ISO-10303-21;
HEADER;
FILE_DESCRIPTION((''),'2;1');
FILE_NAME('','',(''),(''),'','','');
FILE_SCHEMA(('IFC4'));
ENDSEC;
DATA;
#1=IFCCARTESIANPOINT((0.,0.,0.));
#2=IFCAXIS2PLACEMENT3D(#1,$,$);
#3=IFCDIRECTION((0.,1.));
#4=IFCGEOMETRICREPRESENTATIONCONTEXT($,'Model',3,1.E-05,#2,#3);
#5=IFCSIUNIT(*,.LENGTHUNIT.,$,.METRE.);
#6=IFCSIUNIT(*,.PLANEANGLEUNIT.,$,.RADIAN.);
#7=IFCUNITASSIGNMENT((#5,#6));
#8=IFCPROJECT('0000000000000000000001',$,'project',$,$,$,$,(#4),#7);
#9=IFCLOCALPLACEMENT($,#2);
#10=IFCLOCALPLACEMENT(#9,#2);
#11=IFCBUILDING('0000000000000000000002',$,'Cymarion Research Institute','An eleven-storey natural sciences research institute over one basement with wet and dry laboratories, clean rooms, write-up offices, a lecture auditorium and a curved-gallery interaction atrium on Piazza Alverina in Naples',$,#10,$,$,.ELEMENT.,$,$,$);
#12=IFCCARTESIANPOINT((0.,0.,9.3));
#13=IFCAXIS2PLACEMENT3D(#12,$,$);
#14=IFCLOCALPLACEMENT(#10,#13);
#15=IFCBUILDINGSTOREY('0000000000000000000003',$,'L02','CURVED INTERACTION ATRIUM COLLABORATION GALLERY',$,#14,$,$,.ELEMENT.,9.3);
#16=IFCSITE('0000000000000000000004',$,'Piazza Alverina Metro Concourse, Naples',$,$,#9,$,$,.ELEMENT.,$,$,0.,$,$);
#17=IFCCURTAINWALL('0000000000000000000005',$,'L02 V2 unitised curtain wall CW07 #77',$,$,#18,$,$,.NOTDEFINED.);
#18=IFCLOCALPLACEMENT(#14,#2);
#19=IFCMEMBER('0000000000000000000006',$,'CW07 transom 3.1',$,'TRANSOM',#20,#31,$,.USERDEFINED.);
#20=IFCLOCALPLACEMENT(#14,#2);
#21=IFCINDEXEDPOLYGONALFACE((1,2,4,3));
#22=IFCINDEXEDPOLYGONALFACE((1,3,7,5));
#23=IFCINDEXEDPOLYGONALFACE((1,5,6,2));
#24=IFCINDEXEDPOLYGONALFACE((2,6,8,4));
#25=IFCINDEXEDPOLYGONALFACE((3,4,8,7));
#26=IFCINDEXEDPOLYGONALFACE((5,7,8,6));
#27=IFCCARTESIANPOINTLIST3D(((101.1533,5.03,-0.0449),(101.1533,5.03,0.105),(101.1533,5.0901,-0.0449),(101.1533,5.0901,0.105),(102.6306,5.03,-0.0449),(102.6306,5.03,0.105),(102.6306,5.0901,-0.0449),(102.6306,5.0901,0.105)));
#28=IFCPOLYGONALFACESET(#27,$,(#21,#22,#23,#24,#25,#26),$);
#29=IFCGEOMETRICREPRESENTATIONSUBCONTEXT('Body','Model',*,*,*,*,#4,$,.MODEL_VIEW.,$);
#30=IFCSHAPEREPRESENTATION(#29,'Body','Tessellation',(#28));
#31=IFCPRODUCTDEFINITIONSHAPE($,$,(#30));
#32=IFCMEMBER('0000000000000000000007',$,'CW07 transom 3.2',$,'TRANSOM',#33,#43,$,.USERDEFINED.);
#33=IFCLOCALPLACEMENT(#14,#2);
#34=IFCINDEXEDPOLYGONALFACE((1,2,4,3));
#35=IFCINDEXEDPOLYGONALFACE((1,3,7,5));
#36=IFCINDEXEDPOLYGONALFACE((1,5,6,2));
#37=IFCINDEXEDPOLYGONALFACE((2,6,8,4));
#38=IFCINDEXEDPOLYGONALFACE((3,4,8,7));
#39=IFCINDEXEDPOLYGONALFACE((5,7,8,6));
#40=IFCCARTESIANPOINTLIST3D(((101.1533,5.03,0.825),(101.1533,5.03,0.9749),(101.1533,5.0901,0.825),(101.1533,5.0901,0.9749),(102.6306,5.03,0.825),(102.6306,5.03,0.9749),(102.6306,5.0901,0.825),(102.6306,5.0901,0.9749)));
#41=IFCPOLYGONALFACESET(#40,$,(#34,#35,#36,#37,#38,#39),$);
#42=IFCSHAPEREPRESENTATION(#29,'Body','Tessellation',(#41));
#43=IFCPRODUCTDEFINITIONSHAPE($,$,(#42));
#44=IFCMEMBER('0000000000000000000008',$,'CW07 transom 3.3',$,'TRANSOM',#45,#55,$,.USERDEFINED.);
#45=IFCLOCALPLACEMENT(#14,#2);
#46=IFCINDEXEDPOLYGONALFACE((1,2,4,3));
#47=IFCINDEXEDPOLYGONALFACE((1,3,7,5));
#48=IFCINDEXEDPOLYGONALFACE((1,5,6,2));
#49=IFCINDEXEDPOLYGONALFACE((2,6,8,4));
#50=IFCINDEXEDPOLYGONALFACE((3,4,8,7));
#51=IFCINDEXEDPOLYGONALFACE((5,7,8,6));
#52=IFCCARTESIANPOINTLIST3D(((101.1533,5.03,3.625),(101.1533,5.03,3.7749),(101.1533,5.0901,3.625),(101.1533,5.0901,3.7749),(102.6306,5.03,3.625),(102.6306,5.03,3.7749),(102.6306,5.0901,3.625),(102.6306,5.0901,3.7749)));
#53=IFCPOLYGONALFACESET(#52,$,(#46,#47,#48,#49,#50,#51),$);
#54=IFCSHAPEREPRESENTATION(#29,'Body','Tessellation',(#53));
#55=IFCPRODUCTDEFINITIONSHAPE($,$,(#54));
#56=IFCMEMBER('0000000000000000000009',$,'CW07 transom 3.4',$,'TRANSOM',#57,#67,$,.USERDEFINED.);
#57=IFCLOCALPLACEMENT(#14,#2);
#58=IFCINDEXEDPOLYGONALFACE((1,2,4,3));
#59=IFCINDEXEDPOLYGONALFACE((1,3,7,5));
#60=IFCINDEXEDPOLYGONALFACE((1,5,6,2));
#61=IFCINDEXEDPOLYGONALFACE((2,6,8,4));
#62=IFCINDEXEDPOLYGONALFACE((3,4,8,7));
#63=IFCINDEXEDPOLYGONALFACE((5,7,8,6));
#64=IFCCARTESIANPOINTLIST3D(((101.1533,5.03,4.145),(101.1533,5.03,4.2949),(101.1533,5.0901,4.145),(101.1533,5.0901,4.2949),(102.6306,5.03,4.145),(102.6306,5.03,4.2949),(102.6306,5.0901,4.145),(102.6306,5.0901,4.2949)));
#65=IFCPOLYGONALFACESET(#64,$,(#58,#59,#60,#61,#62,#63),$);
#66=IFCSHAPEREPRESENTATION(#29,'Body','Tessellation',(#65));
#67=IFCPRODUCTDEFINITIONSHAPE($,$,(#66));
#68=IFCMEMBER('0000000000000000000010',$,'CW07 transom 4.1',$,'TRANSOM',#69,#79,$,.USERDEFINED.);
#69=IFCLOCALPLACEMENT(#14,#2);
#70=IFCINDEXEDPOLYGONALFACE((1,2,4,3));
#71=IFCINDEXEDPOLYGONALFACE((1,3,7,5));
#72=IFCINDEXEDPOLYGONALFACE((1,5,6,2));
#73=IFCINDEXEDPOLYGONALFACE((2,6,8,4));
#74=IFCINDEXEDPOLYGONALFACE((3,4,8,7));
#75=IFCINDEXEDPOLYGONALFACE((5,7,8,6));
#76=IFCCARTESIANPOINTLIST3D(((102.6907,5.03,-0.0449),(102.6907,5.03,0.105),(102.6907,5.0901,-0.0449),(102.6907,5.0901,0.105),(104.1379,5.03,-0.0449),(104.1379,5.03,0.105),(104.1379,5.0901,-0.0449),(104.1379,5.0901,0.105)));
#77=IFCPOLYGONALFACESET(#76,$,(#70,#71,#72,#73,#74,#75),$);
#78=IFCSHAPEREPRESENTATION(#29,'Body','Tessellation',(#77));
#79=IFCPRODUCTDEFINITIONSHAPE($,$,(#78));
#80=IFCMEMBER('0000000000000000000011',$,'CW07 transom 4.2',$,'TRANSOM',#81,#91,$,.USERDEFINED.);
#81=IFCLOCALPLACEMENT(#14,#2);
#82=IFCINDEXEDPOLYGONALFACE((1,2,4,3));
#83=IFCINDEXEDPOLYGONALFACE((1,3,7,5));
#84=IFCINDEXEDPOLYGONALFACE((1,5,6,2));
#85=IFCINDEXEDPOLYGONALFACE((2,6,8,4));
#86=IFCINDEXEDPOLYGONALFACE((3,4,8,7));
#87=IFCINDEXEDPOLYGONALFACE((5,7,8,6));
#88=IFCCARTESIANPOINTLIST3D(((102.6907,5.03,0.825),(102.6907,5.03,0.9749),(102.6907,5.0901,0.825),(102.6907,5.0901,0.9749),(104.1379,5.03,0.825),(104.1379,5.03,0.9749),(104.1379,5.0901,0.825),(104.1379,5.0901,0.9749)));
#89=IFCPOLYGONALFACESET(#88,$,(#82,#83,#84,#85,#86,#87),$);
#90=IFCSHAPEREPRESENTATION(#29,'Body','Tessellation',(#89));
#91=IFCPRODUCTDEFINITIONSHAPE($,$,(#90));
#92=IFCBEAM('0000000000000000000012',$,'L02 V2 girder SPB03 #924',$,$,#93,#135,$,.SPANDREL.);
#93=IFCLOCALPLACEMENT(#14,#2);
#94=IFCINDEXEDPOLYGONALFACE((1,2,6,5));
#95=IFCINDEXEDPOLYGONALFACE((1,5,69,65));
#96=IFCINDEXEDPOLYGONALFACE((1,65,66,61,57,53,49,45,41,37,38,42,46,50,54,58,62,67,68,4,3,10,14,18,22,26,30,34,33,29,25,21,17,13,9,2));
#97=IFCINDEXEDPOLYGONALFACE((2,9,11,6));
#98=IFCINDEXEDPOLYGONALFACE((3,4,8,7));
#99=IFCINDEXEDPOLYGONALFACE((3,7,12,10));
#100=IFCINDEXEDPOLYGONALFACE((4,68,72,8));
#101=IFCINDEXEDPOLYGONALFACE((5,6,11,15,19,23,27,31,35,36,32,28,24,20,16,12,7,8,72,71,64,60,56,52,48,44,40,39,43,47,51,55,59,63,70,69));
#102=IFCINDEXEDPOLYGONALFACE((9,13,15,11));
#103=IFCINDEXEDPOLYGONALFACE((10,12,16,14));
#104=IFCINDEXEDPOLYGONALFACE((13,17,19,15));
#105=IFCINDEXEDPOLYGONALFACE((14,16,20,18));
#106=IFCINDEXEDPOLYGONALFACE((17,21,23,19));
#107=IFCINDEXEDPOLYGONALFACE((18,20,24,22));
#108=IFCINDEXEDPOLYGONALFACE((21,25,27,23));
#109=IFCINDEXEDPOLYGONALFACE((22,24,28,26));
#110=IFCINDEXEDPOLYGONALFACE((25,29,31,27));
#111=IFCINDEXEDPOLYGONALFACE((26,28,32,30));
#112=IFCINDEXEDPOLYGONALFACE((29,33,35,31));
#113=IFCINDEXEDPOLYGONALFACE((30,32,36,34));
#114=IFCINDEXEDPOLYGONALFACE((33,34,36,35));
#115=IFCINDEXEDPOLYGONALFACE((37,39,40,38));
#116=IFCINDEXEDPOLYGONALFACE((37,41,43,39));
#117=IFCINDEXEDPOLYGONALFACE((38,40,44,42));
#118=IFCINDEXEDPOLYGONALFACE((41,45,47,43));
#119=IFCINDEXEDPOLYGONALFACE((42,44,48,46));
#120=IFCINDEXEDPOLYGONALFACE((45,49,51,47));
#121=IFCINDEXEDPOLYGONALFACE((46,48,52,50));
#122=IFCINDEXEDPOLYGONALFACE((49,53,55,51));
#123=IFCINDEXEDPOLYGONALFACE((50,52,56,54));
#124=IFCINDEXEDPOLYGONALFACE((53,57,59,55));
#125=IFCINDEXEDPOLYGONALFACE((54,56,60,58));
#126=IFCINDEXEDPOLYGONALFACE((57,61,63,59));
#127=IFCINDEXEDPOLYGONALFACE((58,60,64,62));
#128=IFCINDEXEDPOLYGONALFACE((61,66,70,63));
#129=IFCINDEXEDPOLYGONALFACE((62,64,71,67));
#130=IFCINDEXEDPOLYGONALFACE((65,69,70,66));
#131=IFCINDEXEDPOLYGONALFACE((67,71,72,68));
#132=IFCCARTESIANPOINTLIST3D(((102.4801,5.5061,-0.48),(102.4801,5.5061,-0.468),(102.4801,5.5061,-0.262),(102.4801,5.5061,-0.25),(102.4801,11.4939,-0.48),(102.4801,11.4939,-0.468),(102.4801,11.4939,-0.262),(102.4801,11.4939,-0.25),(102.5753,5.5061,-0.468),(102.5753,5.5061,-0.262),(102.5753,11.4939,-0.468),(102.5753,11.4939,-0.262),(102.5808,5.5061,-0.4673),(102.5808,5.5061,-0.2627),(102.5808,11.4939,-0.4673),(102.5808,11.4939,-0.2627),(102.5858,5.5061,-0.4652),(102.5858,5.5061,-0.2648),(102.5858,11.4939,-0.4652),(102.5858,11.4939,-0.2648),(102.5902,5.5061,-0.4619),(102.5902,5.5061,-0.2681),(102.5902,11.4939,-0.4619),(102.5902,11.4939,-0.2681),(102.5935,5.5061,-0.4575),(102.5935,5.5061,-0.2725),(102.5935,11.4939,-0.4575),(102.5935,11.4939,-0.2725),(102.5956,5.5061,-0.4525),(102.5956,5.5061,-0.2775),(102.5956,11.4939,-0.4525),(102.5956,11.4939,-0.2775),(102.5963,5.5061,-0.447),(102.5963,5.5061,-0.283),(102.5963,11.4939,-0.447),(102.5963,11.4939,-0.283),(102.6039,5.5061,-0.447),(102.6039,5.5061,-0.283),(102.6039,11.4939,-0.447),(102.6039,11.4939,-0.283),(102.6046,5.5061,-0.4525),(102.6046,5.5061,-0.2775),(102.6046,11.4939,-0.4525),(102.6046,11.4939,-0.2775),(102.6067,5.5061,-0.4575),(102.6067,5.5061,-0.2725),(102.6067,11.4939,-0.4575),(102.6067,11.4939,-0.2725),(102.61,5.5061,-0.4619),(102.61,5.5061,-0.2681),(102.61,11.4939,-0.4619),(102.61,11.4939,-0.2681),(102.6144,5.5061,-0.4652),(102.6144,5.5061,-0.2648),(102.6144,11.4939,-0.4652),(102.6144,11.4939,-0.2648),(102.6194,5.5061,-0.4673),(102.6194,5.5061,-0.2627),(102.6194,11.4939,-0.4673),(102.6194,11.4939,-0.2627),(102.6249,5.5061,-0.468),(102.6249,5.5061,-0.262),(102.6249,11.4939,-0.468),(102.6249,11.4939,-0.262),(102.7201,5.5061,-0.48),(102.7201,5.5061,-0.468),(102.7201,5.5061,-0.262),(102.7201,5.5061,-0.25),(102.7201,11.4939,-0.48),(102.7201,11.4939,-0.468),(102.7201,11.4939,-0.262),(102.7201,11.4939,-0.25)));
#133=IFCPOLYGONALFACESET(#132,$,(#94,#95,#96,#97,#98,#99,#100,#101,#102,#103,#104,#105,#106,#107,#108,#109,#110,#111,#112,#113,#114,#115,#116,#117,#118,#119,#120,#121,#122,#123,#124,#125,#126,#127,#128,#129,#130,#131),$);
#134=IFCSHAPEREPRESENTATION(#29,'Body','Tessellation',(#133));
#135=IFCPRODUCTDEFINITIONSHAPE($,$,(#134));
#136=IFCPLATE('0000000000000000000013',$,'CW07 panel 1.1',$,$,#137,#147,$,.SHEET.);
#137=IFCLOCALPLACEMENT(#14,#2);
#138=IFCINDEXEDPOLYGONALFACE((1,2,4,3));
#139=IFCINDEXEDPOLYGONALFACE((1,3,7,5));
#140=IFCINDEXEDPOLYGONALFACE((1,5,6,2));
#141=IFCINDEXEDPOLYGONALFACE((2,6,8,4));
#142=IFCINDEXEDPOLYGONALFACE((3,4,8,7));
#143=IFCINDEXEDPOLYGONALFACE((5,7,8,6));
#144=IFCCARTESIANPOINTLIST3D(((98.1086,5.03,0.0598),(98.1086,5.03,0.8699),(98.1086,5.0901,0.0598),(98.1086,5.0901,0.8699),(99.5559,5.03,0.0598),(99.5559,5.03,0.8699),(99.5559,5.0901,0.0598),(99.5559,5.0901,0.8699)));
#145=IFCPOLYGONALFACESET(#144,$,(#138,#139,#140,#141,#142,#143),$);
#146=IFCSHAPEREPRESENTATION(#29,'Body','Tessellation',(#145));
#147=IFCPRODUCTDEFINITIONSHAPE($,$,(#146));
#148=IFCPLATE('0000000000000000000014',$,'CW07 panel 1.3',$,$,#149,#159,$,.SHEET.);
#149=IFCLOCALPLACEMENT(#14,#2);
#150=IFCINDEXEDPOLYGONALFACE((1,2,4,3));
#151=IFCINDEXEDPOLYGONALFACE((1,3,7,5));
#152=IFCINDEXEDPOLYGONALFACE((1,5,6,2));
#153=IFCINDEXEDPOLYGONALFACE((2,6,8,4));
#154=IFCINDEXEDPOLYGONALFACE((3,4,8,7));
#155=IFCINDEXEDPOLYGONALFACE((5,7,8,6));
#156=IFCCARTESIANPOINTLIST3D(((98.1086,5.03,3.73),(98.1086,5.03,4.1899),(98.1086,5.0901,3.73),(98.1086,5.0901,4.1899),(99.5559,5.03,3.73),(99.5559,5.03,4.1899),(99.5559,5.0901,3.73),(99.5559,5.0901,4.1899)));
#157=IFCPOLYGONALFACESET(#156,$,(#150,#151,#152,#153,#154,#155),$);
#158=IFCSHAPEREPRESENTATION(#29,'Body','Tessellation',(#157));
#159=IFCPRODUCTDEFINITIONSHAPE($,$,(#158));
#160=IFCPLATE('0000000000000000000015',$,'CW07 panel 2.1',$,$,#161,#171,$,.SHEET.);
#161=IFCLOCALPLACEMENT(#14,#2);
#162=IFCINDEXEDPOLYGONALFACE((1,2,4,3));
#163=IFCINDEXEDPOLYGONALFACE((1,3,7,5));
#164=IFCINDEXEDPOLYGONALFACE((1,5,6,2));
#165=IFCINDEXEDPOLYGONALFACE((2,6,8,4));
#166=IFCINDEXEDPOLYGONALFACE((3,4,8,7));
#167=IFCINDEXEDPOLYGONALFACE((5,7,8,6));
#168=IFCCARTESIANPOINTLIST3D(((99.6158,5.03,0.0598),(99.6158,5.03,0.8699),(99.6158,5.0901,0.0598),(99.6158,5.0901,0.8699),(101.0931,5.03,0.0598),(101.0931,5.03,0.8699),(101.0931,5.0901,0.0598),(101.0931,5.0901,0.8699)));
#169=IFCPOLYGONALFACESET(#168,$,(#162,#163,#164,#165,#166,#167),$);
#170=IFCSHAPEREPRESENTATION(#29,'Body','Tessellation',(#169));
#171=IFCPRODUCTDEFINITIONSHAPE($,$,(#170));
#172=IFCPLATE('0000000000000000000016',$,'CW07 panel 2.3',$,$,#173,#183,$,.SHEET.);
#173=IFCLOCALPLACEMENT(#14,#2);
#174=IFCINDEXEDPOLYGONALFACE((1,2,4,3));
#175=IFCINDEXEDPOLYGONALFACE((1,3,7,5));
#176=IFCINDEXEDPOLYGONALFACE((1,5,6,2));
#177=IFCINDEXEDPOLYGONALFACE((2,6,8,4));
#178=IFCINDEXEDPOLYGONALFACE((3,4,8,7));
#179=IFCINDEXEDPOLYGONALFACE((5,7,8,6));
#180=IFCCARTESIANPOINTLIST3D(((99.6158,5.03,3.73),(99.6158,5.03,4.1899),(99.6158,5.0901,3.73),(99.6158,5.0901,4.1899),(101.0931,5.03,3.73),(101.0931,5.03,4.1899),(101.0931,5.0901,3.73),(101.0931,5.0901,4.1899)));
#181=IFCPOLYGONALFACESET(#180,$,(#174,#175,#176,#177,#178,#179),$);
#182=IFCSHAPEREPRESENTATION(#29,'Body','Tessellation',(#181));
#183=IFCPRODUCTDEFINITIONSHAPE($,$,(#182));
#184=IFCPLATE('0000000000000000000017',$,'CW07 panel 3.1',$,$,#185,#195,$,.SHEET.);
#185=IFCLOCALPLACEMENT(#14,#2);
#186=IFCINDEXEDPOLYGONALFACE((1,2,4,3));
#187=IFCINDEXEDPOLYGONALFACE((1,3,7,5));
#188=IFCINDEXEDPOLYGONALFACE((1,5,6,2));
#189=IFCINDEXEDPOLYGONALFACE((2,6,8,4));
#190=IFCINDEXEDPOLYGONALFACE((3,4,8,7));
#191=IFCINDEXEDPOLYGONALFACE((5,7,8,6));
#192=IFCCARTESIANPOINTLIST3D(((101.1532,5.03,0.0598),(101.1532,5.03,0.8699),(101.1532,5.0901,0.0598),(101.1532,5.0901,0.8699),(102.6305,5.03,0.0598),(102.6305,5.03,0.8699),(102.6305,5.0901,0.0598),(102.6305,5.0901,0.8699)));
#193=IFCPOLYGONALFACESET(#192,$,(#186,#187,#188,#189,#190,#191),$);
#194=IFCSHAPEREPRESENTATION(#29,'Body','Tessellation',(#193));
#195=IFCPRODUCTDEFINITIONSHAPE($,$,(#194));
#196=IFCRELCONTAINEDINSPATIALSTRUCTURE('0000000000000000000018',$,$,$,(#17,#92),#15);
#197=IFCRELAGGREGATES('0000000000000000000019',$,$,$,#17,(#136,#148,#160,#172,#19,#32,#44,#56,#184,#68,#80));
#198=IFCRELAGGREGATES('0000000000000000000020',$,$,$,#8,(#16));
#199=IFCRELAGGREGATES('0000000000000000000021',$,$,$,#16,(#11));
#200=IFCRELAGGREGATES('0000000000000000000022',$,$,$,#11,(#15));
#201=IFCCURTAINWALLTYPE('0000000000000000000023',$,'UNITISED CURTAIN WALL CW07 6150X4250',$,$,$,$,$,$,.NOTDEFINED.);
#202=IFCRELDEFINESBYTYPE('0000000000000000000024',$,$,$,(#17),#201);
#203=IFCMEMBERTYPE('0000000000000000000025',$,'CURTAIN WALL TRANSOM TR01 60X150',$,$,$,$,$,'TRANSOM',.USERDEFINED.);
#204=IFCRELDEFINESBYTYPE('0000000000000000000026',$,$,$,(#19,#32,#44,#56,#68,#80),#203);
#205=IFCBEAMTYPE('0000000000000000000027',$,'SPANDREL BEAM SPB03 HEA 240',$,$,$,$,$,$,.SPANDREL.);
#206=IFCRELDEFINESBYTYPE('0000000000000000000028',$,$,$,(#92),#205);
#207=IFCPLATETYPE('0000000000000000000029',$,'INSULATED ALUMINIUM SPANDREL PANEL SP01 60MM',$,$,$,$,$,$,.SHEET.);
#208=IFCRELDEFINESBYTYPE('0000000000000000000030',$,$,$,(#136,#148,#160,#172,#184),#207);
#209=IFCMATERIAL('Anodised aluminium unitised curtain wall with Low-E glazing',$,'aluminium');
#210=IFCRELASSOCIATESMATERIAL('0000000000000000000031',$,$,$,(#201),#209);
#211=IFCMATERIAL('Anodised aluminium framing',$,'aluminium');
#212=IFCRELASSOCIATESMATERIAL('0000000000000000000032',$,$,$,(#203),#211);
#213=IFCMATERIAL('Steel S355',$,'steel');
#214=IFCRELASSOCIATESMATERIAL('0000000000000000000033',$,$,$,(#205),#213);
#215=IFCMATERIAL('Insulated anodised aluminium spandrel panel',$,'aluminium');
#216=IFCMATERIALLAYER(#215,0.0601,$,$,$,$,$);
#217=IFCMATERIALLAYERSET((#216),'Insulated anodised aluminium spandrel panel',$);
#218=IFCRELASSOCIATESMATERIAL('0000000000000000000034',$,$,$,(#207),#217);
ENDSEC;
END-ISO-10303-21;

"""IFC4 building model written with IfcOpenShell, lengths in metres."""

from ifc_helpers import new_model, si_unit, direction, frame, origin, origin_2d, place, context, subcontext, project, spatial, rectangle, i_section, extrude, material, layer, layer_set, material_profile, profile_set, type_object, element, aggregate, save


model = new_model("IFC4")

# Units and contexts
model_context = context("Model", 3, precision=1e-05, world=origin(), true_north=direction((0.0, 1.0)))
body_context = subcontext(model_context, "Body", "Model", "MODEL_VIEW")
ifc_project = project(units=[si_unit("LENGTHUNIT", "METRE"), si_unit("PLANEANGLEUNIT", "RADIAN")], contexts=[model_context])

# Site, building, storey
site_placement = place(None, origin())
site = spatial("IfcSite", under=ifc_project, at=site_placement, Name="Piazza Alverina Metro Concourse, Naples", CompositionType="ELEMENT", RefElevation=0.0)
building_placement = place(site_placement, origin())
building = spatial("IfcBuilding", under=site, at=building_placement, Name="Cymarion Research Institute", Description="An eleven-storey natural sciences research institute over one basement with wet and dry laboratories, clean rooms, write-up offices, a lecture auditorium and a curved-gallery interaction atrium on Piazza Alverina in Naples", CompositionType="ELEMENT")
storey_placement = place(building_placement, frame((0.0, 0.0, 9.3)))
storey = spatial("IfcBuildingStorey", under=building, at=storey_placement, Name="L02", Description="CURVED INTERACTION ATRIUM COLLABORATION GALLERY", CompositionType="ELEMENT", Elevation=9.3)

# Shared definitions
ifc_material_1 = material(Name="Steel S355", Category="steel")

# Curtain wall, members
ifc_material_2 = material(Name="Anodised aluminium unitised curtain wall with Low-E glazing", Category="aluminium")
curtain_wall_type = type_object("IfcCurtainWallType", Name="UNITISED CURTAIN WALL CW07 6150X4250", PredefinedType="NOTDEFINED", material=ifc_material_2)
curtain_wall_placement = place(storey_placement, origin())
curtain_wall = element("IfcCurtainWall", 1, at=curtain_wall_placement, inside=storey, type_object=curtain_wall_type, Name="L02 V2 unitised curtain wall CW07 #77", PredefinedType="NOTDEFINED")
ifc_material_3 = material(Name="Anodised aluminium framing", Category="aluminium")
ifc_material_profile_1 = material_profile(ifc_material_3, rectangle(XDim=0.0601, YDim=0.1499, at=origin_2d()), Name="ALU TRANSOM 60x150")
ifc_profile_set_1 = profile_set([ifc_material_profile_1], Name="Anodised aluminium framing")
member_type_1 = type_object("IfcMemberType", Name="CURTAIN WALL TRANSOM TR01 60X150", ElementType="TRANSOM", PredefinedType="USERDEFINED", material=ifc_profile_set_1)
member_1_placement = place(storey_placement, frame((101.1533, 5.0601, 0.03), z_axis=(1.0, 0.0, 0.0), x_axis=(0.0, 1.0, 0.0)))
member_1 = element("IfcMember", 2, at=member_1_placement, type_object=member_type_1, Name="CW07 transom 3.1", ObjectType="TRANSOM", PredefinedType="USERDEFINED", context=body_context, shape_type="SweptSolid", body=[
    extrude(rectangle(XDim=0.0601, YDim=0.1499, at=origin_2d()), origin(), (0.0, 0.0, 1.0), 1.4773),
])
member_2_placement = place(storey_placement, frame((101.1533, 5.0601, 0.8999), z_axis=(1.0, 0.0, 0.0), x_axis=(0.0, 1.0, 0.0)))
member_2 = element("IfcMember", 3, at=member_2_placement, type_object=member_type_1, Name="CW07 transom 3.2", ObjectType="TRANSOM", PredefinedType="USERDEFINED", context=body_context, shape_type="SweptSolid", body=[
    extrude(rectangle(XDim=0.0601, YDim=0.1499, at=origin_2d()), origin(), (0.0, 0.0, 1.0), 1.4773),
])
member_3_placement = place(storey_placement, frame((101.1533, 5.0601, 3.7), z_axis=(1.0, 0.0, 0.0), x_axis=(0.0, 1.0, 0.0)))
member_3 = element("IfcMember", 4, at=member_3_placement, type_object=member_type_1, Name="CW07 transom 3.3", ObjectType="TRANSOM", PredefinedType="USERDEFINED", context=body_context, shape_type="SweptSolid", body=[
    extrude(rectangle(XDim=0.0601, YDim=0.1499, at=origin_2d()), origin(), (0.0, 0.0, 1.0), 1.4773),
])
member_4_placement = place(storey_placement, frame((101.1533, 5.0601, 4.22), z_axis=(1.0, 0.0, 0.0), x_axis=(0.0, 1.0, 0.0)))
member_4 = element("IfcMember", 5, at=member_4_placement, type_object=member_type_1, Name="CW07 transom 3.4", ObjectType="TRANSOM", PredefinedType="USERDEFINED", context=body_context, shape_type="SweptSolid", body=[
    extrude(rectangle(XDim=0.0601, YDim=0.1499, at=origin_2d()), origin(), (0.0, 0.0, 1.0), 1.4773),
])
member_5_placement = place(storey_placement, frame((102.6907, 5.0601, 0.03), z_axis=(1.0, 0.0, 0.0), x_axis=(0.0, 1.0, 0.0)))
member_5 = element("IfcMember", 6, at=member_5_placement, type_object=member_type_1, Name="CW07 transom 4.1", ObjectType="TRANSOM", PredefinedType="USERDEFINED", context=body_context, shape_type="SweptSolid", body=[
    extrude(rectangle(XDim=0.0601, YDim=0.1499, at=origin_2d()), origin(), (0.0, 0.0, 1.0), 1.4473),
])
member_6_placement = place(storey_placement, frame((102.6907, 5.0601, 0.8999), z_axis=(1.0, 0.0, 0.0), x_axis=(0.0, 1.0, 0.0)))
member_6 = element("IfcMember", 7, at=member_6_placement, type_object=member_type_1, Name="CW07 transom 4.2", ObjectType="TRANSOM", PredefinedType="USERDEFINED", context=body_context, shape_type="SweptSolid", body=[
    extrude(rectangle(XDim=0.0601, YDim=0.1499, at=origin_2d()), origin(), (0.0, 0.0, 1.0), 1.4473),
])

# Beam
ifc_material_profile_2 = material_profile(ifc_material_1, i_section(OverallWidth=0.24, OverallDepth=0.23, WebThickness=0.0076, FlangeThickness=0.012, FilletRadius=0.021, at=origin_2d()), Name="HEA 240")
ifc_profile_set_2 = profile_set([ifc_material_profile_2], Name="Steel S355")
beam_type = type_object("IfcBeamType", Name="SPANDREL BEAM SPB03 HEA 240", PredefinedType="SPANDREL", material=ifc_profile_set_2)
beam_placement = place(storey_placement, frame((102.6001, 5.5061, -0.365), z_axis=(0.0, 1.0, 0.0), x_axis=(-1.0, 0.0, 0.0)))
element("IfcBeam", 8, at=beam_placement, inside=storey, type_object=beam_type, Name="L02 V2 girder SPB03 #924", PredefinedType="SPANDREL", context=body_context, shape_type="SweptSolid", body=[
    extrude(i_section(OverallWidth=0.24, OverallDepth=0.23, WebThickness=0.0076, FlangeThickness=0.012, FilletRadius=0.021, at=origin_2d()), origin(), (0.0, 0.0, 1.0), 5.9878),
])

# Plates
ifc_material_4 = material(Name="Insulated anodised aluminium spandrel panel", Category="aluminium")
ifc_layer_1 = layer(ifc_material_4, 0.0601)
ifc_layer_set_1 = layer_set([ifc_layer_1], Name="Insulated anodised aluminium spandrel panel")
plate_type_1 = type_object("IfcPlateType", Name="INSULATED ALUMINIUM SPANDREL PANEL SP01 60MM", PredefinedType="SHEET", material=ifc_layer_set_1)
plate_1_placement = place(storey_placement, frame((98.8323, 5.0601, 0.0598), z_axis=(0.0, 0.0, 1.0), x_axis=(1.0, 0.0, 0.0)))
plate_1 = element("IfcPlate", 9, at=plate_1_placement, type_object=plate_type_1, Name="CW07 panel 1.1", PredefinedType="SHEET", context=body_context, shape_type="SweptSolid", body=[
    extrude(rectangle(XDim=1.4473, YDim=0.0601, at=origin_2d()), origin(), (0.0, 0.0, 1.0), 0.8101),
])
plate_2_placement = place(storey_placement, frame((98.8323, 5.0601, 3.73), z_axis=(0.0, 0.0, 1.0), x_axis=(1.0, 0.0, 0.0)))
plate_2 = element("IfcPlate", 10, at=plate_2_placement, type_object=plate_type_1, Name="CW07 panel 1.3", PredefinedType="SHEET", context=body_context, shape_type="SweptSolid", body=[
    extrude(rectangle(XDim=1.4473, YDim=0.0601, at=origin_2d()), origin(), (0.0, 0.0, 1.0), 0.46),
])
plate_3_placement = place(storey_placement, frame((100.3545, 5.0601, 0.0598), z_axis=(0.0, 0.0, 1.0), x_axis=(1.0, 0.0, 0.0)))
plate_3 = element("IfcPlate", 11, at=plate_3_placement, type_object=plate_type_1, Name="CW07 panel 2.1", PredefinedType="SHEET", context=body_context, shape_type="SweptSolid", body=[
    extrude(rectangle(XDim=1.4773, YDim=0.0601, at=origin_2d()), origin(), (0.0, 0.0, 1.0), 0.8101),
])
plate_4_placement = place(storey_placement, frame((100.3545, 5.0601, 3.73), z_axis=(0.0, 0.0, 1.0), x_axis=(1.0, 0.0, 0.0)))
plate_4 = element("IfcPlate", 12, at=plate_4_placement, type_object=plate_type_1, Name="CW07 panel 2.3", PredefinedType="SHEET", context=body_context, shape_type="SweptSolid", body=[
    extrude(rectangle(XDim=1.4773, YDim=0.0601, at=origin_2d()), origin(), (0.0, 0.0, 1.0), 0.46),
])
plate_5_placement = place(storey_placement, frame((101.8918, 5.0601, 0.0598), z_axis=(0.0, 0.0, 1.0), x_axis=(1.0, 0.0, 0.0)))
plate_5 = element("IfcPlate", 13, at=plate_5_placement, type_object=plate_type_1, Name="CW07 panel 3.1", PredefinedType="SHEET", context=body_context, shape_type="SweptSolid", body=[
    extrude(rectangle(XDim=1.4773, YDim=0.0601, at=origin_2d()), origin(), (0.0, 0.0, 1.0), 0.8101),
])
aggregate(curtain_wall, [plate_1, plate_2, plate_3, plate_4, member_1, member_2, member_3, member_4, plate_5, member_5, member_6])

save(model, "model.ifc")
